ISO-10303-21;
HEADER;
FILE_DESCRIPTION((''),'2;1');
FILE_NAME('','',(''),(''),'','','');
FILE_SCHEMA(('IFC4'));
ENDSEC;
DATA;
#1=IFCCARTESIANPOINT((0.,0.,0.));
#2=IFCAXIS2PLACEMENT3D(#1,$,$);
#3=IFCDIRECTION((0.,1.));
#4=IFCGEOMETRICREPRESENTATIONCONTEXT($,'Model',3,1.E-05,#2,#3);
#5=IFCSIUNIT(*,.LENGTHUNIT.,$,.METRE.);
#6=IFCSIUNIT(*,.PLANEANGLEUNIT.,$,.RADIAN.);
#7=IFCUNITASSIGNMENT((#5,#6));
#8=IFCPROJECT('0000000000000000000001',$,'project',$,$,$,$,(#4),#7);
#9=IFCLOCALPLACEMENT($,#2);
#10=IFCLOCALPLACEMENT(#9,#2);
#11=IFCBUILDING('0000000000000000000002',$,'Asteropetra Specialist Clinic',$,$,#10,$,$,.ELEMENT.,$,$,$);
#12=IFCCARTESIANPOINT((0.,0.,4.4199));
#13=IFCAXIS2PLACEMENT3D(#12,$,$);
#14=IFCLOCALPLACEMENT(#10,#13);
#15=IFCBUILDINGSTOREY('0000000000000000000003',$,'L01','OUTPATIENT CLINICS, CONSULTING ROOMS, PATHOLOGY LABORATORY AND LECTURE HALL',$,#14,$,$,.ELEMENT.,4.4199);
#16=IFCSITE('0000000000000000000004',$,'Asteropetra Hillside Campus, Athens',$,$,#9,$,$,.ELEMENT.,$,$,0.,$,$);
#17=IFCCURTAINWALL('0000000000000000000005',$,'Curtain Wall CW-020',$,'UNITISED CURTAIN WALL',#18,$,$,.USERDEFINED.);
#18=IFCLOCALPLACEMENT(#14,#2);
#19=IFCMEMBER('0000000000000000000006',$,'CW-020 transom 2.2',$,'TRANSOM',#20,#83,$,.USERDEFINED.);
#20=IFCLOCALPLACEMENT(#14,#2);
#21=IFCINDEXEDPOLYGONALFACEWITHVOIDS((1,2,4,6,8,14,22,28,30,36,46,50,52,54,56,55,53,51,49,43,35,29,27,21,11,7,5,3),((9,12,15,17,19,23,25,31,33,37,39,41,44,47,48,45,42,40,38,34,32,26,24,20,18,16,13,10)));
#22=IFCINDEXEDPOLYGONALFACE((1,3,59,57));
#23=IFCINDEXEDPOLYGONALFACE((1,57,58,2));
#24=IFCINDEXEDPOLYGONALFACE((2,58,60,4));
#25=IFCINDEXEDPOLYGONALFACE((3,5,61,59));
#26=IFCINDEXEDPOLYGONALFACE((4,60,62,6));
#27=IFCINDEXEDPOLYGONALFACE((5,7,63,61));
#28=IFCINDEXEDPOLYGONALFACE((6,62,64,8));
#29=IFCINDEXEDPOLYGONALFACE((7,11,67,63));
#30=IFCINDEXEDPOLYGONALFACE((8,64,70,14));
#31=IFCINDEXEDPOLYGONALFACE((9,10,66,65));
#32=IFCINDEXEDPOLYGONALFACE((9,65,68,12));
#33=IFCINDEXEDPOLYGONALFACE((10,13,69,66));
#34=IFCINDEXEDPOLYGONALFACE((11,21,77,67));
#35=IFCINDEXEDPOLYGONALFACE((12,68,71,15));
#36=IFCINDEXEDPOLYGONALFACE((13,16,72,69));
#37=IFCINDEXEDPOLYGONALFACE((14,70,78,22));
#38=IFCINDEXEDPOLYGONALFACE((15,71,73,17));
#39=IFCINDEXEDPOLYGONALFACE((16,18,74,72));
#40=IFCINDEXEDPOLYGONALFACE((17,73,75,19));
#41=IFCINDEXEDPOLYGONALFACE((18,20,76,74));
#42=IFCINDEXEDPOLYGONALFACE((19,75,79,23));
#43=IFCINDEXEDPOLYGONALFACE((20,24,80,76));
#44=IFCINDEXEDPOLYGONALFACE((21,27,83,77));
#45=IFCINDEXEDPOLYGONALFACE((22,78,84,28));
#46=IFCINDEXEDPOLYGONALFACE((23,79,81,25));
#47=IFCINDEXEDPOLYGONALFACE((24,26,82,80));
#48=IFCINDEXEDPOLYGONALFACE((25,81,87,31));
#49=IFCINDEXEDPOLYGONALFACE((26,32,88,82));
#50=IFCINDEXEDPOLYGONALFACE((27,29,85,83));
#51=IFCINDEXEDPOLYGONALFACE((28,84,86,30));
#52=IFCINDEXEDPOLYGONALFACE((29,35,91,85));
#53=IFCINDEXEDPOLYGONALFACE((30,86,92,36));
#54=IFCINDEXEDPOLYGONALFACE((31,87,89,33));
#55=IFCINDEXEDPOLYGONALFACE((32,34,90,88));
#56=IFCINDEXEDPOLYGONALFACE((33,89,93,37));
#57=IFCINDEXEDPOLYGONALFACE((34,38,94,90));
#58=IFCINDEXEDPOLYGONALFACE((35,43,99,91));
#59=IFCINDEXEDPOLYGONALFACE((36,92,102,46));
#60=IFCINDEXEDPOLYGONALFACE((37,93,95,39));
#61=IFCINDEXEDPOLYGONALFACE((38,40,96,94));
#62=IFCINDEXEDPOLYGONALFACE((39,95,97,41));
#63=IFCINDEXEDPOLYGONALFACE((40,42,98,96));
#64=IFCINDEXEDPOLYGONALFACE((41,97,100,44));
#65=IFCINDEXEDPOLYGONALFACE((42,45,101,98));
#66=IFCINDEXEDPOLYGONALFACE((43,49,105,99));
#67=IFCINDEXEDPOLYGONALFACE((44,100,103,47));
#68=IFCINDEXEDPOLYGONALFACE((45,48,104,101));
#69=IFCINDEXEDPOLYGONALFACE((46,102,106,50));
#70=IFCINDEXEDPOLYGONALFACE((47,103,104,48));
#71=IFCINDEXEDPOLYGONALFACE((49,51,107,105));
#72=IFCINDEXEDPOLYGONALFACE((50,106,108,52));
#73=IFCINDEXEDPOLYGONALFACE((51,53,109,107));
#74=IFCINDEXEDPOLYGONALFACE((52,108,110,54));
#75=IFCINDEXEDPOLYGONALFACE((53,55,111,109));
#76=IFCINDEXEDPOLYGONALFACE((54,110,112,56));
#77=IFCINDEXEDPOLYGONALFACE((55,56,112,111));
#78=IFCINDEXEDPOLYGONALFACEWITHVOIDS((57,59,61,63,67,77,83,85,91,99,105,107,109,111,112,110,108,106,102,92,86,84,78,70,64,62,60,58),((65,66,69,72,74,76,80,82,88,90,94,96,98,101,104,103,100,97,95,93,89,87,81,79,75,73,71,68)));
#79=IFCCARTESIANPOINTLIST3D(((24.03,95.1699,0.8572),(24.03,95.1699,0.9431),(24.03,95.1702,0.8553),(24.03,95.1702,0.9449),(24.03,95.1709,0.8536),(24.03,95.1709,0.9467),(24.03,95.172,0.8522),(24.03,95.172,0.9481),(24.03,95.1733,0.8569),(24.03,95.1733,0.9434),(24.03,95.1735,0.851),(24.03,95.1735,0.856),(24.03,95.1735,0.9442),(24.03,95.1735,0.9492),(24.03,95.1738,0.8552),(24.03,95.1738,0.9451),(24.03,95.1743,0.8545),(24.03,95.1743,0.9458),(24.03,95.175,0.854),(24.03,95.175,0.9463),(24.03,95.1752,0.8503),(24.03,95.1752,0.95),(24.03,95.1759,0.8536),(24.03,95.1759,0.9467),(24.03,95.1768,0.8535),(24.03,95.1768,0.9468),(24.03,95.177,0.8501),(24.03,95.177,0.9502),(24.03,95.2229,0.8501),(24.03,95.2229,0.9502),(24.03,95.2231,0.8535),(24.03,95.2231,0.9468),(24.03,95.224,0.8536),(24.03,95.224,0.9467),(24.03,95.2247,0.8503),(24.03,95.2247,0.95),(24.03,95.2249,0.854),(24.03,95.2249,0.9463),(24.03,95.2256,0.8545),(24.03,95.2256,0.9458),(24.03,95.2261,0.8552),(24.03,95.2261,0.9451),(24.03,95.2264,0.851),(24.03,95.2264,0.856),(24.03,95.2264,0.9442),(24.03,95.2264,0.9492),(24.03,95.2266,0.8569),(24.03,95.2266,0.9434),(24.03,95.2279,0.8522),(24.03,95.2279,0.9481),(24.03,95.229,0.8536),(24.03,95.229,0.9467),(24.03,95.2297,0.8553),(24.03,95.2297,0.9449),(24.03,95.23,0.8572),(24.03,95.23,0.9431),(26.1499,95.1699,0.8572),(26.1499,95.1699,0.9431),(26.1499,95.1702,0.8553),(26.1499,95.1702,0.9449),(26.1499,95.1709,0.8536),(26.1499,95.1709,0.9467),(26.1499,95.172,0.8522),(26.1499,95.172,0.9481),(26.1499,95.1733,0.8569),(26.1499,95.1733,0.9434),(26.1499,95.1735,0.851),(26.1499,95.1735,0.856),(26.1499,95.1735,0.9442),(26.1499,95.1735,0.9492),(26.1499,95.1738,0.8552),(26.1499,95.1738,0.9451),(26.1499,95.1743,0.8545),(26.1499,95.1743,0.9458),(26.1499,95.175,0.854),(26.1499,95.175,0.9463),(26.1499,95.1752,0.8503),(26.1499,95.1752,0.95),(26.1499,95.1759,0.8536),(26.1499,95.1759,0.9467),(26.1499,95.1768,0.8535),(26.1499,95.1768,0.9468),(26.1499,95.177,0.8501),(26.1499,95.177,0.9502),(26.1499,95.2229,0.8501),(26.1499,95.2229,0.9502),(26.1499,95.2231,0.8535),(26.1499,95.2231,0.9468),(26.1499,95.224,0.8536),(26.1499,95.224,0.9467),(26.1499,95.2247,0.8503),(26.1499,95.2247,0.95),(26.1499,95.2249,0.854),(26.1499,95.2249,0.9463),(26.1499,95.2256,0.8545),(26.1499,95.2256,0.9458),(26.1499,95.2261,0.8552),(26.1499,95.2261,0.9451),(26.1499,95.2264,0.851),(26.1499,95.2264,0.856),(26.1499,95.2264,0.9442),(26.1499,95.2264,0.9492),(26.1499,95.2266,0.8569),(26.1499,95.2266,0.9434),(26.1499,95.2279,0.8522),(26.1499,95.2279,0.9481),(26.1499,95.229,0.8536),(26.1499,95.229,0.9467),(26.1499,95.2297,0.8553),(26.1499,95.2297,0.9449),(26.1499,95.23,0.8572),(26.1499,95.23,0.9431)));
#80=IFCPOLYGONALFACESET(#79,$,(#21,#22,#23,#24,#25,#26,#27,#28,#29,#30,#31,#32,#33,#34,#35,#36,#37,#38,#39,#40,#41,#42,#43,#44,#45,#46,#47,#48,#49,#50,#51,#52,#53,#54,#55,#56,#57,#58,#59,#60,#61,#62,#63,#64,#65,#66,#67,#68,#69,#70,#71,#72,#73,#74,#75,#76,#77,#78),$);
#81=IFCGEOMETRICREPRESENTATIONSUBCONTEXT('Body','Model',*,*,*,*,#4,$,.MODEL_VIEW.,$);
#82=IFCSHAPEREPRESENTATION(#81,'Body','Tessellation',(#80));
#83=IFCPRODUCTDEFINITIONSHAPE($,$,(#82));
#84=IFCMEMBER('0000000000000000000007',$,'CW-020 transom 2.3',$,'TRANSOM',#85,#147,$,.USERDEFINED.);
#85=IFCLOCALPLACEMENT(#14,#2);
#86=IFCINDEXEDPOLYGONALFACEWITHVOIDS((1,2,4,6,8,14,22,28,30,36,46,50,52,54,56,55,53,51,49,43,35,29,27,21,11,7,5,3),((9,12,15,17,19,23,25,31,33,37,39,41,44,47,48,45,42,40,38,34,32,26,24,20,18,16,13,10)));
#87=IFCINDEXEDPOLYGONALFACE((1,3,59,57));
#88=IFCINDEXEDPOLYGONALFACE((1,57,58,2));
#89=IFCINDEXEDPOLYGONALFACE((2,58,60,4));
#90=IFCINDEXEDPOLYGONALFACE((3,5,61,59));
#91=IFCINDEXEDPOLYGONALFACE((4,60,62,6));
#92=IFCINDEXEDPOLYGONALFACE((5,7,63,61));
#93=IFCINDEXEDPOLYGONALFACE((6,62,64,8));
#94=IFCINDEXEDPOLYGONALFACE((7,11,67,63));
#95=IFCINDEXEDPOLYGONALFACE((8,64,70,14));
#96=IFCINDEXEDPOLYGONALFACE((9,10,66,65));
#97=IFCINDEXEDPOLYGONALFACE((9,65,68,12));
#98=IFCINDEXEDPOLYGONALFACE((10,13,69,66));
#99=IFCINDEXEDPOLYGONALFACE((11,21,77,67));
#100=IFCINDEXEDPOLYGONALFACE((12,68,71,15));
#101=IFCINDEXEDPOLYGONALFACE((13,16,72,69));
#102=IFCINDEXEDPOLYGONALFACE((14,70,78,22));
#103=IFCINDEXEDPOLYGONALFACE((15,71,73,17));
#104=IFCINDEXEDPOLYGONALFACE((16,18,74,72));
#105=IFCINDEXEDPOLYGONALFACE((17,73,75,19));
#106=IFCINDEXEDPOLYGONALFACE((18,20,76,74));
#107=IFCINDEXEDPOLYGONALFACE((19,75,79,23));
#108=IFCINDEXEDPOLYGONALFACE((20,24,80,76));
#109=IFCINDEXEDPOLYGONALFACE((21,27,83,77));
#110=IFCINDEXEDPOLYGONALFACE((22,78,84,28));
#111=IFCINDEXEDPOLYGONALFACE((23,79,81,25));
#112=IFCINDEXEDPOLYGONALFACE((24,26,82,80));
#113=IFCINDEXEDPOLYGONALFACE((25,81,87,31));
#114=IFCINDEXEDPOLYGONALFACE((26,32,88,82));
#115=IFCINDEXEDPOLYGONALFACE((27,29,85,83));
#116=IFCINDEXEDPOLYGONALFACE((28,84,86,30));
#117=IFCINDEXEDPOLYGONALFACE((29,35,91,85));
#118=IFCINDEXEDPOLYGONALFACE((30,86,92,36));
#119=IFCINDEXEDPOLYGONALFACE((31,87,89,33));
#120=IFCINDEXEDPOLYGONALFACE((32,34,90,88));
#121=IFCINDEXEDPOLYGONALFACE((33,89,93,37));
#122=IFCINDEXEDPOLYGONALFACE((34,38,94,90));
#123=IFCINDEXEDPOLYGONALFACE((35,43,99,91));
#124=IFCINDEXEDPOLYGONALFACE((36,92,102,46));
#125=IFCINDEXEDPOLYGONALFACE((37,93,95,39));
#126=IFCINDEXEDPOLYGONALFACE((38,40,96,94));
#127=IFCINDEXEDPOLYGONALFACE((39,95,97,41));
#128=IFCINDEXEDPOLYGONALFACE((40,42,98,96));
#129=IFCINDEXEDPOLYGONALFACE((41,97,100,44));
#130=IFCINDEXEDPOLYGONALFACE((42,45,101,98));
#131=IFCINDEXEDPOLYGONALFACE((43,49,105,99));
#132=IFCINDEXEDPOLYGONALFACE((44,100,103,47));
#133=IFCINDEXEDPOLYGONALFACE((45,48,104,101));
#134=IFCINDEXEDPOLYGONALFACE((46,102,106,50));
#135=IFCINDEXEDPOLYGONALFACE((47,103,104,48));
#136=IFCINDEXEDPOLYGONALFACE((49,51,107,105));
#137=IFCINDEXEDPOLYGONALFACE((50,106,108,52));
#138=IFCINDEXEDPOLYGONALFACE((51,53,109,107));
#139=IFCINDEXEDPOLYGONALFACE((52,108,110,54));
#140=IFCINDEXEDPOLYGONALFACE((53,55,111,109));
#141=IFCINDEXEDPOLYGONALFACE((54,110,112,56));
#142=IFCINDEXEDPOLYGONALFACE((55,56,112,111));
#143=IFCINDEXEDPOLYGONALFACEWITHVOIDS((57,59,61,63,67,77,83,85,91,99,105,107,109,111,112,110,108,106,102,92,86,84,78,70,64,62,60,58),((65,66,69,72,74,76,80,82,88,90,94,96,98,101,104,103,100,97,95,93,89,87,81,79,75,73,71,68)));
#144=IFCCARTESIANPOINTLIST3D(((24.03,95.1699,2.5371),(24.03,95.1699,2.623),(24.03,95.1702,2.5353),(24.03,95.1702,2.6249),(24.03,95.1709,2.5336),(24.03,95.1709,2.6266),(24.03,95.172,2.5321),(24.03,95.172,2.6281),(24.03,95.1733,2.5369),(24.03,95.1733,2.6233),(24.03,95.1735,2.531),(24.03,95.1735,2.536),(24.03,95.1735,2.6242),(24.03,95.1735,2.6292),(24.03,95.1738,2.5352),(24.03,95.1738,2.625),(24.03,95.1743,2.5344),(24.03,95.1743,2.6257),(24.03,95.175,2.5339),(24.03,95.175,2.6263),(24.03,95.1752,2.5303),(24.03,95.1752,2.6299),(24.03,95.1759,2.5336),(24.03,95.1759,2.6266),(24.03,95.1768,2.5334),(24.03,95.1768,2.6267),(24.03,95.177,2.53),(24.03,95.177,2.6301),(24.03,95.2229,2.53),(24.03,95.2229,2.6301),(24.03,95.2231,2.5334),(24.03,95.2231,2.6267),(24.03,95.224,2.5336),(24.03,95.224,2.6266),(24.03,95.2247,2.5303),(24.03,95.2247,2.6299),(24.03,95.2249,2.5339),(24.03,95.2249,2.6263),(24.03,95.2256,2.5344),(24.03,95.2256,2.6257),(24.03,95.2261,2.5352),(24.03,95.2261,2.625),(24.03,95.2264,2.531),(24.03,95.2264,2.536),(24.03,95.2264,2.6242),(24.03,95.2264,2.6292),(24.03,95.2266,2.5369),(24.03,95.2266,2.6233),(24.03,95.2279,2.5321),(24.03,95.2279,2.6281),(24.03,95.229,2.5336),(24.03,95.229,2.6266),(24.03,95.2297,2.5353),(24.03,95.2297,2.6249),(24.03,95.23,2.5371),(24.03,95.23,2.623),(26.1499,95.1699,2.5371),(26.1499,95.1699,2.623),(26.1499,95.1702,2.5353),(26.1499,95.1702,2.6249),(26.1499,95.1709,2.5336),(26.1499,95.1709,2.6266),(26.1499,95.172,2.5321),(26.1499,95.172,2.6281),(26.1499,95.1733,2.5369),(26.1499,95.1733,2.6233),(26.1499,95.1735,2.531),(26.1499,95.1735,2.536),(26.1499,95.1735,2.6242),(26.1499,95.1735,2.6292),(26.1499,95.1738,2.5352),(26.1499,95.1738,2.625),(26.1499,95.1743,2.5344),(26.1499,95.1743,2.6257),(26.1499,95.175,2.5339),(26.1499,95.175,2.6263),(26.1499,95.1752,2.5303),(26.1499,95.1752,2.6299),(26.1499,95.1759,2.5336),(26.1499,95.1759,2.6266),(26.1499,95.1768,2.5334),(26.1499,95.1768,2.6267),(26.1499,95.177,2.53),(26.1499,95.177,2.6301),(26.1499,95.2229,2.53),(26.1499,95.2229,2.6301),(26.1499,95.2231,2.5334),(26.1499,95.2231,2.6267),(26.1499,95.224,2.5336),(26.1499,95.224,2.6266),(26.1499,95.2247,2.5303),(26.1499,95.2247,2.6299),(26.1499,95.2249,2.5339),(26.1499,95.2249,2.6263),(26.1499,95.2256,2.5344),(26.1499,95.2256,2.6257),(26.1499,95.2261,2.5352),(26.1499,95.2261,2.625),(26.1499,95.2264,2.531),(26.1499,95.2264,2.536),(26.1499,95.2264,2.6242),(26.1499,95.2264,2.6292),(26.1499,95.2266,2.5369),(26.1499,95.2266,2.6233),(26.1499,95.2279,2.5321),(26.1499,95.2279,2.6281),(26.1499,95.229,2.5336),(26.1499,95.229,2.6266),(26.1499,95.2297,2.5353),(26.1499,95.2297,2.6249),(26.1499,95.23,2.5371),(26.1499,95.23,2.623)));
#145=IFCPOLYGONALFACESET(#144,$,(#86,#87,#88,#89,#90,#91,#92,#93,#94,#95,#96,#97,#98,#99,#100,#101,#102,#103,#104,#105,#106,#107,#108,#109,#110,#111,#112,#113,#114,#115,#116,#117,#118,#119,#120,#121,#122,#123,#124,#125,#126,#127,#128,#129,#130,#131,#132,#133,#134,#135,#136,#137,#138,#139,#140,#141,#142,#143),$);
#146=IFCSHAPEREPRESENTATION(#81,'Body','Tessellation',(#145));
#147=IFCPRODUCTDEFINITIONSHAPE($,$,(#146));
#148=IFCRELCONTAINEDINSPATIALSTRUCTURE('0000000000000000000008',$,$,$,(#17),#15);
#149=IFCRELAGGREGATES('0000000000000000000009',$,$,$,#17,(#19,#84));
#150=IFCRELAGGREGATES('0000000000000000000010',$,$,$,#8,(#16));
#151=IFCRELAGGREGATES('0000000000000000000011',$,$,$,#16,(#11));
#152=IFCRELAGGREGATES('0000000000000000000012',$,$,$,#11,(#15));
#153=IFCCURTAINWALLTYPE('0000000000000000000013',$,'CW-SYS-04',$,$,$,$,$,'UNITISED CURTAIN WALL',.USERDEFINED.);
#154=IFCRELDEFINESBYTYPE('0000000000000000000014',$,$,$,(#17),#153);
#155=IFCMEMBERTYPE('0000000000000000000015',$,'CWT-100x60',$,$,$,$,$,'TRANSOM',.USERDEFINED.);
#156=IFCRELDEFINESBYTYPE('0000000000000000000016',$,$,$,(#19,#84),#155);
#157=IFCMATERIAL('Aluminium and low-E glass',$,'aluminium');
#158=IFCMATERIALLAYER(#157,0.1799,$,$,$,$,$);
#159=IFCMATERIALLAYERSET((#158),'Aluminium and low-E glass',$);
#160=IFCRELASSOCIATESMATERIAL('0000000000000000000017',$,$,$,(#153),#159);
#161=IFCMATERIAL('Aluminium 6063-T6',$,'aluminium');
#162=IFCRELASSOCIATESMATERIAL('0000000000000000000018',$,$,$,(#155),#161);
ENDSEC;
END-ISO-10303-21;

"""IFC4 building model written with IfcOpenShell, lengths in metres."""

from ifc_helpers import new_model, si_unit, direction, frame, origin, origin_2d, place, context, subcontext, project, spatial, hollow_rectangle, extrude, material, layer, layer_set, material_profile, profile_set, type_object, element, aggregate, save


model = new_model("IFC4")

# Units and contexts
model_context = context("Model", 3, precision=1e-05, world=origin(), true_north=direction((0.0, 1.0)))
body_context = subcontext(model_context, "Body", "Model", "MODEL_VIEW")
ifc_project = project(units=[si_unit("LENGTHUNIT", "METRE"), si_unit("PLANEANGLEUNIT", "RADIAN")], contexts=[model_context])

# Site, building, storey
site_placement = place(None, origin())
site = spatial("IfcSite", under=ifc_project, at=site_placement, Name="Asteropetra Hillside Campus, Athens", CompositionType="ELEMENT", RefElevation=0.0)
building_placement = place(site_placement, origin())
building = spatial("IfcBuilding", under=site, at=building_placement, Name="Asteropetra Specialist Clinic", CompositionType="ELEMENT")
storey_placement = place(building_placement, frame((0.0, 0.0, 4.4199)))
storey = spatial("IfcBuildingStorey", under=building, at=storey_placement, Name="L01", Description="OUTPATIENT CLINICS, CONSULTING ROOMS, PATHOLOGY LABORATORY AND LECTURE HALL", CompositionType="ELEMENT", Elevation=4.4199)

# Curtain wall, members
ifc_material_1 = material(Name="Aluminium and low-E glass", Category="aluminium")
ifc_layer_1 = layer(ifc_material_1, 0.1799)
ifc_layer_set_1 = layer_set([ifc_layer_1], Name="Aluminium and low-E glass")
curtain_wall_type = type_object("IfcCurtainWallType", Name="CW-SYS-04", ElementType="UNITISED CURTAIN WALL", PredefinedType="USERDEFINED", material=ifc_layer_set_1)
curtain_wall_placement = place(storey_placement, origin())
curtain_wall = element("IfcCurtainWall", 1, at=curtain_wall_placement, inside=storey, type_object=curtain_wall_type, Name="Curtain Wall CW-020", ObjectType="UNITISED CURTAIN WALL", PredefinedType="USERDEFINED")
ifc_material_2 = material(Name="Aluminium 6063-T6", Category="aluminium")
ifc_material_profile_1 = material_profile(ifc_material_2, hollow_rectangle(XDim=0.0601, YDim=0.1001, WallThickness=0.0034, InnerFilletRadius=0.0034, OuterFilletRadius=0.0071, at=origin_2d()), Name="TRN 100x60x3.5")
ifc_profile_set_1 = profile_set([ifc_material_profile_1], Name="Aluminium 6063-T6")
member_type_1 = type_object("IfcMemberType", Name="CWT-100x60", ElementType="TRANSOM", PredefinedType="USERDEFINED", material=ifc_profile_set_1)
member_1_placement = place(storey_placement, frame((26.1499, 95.2, 0.9001), z_axis=(-1.0, 0.0, 0.0), x_axis=(0.0, -1.0, 0.0)))
member_1 = element("IfcMember", 2, at=member_1_placement, type_object=member_type_1, Name="CW-020 transom 2.2", ObjectType="TRANSOM", PredefinedType="USERDEFINED", context=body_context, shape_type="SweptSolid", body=[
    extrude(hollow_rectangle(XDim=0.0601, YDim=0.1001, WallThickness=0.0034, InnerFilletRadius=0.0034, OuterFilletRadius=0.0071, at=origin_2d()), origin(), (0.0, 0.0, 1.0), 2.1199),
])
member_2_placement = place(storey_placement, frame((26.1499, 95.2, 2.5801), z_axis=(-1.0, 0.0, 0.0), x_axis=(0.0, -1.0, 0.0)))
member_2 = element("IfcMember", 3, at=member_2_placement, type_object=member_type_1, Name="CW-020 transom 2.3", ObjectType="TRANSOM", PredefinedType="USERDEFINED", context=body_context, shape_type="SweptSolid", body=[
    extrude(hollow_rectangle(XDim=0.0601, YDim=0.1001, WallThickness=0.0034, InnerFilletRadius=0.0034, OuterFilletRadius=0.0071, at=origin_2d()), origin(), (0.0, 0.0, 1.0), 2.1199),
])
aggregate(curtain_wall, [member_1, member_2])

save(model, "model.ifc")
